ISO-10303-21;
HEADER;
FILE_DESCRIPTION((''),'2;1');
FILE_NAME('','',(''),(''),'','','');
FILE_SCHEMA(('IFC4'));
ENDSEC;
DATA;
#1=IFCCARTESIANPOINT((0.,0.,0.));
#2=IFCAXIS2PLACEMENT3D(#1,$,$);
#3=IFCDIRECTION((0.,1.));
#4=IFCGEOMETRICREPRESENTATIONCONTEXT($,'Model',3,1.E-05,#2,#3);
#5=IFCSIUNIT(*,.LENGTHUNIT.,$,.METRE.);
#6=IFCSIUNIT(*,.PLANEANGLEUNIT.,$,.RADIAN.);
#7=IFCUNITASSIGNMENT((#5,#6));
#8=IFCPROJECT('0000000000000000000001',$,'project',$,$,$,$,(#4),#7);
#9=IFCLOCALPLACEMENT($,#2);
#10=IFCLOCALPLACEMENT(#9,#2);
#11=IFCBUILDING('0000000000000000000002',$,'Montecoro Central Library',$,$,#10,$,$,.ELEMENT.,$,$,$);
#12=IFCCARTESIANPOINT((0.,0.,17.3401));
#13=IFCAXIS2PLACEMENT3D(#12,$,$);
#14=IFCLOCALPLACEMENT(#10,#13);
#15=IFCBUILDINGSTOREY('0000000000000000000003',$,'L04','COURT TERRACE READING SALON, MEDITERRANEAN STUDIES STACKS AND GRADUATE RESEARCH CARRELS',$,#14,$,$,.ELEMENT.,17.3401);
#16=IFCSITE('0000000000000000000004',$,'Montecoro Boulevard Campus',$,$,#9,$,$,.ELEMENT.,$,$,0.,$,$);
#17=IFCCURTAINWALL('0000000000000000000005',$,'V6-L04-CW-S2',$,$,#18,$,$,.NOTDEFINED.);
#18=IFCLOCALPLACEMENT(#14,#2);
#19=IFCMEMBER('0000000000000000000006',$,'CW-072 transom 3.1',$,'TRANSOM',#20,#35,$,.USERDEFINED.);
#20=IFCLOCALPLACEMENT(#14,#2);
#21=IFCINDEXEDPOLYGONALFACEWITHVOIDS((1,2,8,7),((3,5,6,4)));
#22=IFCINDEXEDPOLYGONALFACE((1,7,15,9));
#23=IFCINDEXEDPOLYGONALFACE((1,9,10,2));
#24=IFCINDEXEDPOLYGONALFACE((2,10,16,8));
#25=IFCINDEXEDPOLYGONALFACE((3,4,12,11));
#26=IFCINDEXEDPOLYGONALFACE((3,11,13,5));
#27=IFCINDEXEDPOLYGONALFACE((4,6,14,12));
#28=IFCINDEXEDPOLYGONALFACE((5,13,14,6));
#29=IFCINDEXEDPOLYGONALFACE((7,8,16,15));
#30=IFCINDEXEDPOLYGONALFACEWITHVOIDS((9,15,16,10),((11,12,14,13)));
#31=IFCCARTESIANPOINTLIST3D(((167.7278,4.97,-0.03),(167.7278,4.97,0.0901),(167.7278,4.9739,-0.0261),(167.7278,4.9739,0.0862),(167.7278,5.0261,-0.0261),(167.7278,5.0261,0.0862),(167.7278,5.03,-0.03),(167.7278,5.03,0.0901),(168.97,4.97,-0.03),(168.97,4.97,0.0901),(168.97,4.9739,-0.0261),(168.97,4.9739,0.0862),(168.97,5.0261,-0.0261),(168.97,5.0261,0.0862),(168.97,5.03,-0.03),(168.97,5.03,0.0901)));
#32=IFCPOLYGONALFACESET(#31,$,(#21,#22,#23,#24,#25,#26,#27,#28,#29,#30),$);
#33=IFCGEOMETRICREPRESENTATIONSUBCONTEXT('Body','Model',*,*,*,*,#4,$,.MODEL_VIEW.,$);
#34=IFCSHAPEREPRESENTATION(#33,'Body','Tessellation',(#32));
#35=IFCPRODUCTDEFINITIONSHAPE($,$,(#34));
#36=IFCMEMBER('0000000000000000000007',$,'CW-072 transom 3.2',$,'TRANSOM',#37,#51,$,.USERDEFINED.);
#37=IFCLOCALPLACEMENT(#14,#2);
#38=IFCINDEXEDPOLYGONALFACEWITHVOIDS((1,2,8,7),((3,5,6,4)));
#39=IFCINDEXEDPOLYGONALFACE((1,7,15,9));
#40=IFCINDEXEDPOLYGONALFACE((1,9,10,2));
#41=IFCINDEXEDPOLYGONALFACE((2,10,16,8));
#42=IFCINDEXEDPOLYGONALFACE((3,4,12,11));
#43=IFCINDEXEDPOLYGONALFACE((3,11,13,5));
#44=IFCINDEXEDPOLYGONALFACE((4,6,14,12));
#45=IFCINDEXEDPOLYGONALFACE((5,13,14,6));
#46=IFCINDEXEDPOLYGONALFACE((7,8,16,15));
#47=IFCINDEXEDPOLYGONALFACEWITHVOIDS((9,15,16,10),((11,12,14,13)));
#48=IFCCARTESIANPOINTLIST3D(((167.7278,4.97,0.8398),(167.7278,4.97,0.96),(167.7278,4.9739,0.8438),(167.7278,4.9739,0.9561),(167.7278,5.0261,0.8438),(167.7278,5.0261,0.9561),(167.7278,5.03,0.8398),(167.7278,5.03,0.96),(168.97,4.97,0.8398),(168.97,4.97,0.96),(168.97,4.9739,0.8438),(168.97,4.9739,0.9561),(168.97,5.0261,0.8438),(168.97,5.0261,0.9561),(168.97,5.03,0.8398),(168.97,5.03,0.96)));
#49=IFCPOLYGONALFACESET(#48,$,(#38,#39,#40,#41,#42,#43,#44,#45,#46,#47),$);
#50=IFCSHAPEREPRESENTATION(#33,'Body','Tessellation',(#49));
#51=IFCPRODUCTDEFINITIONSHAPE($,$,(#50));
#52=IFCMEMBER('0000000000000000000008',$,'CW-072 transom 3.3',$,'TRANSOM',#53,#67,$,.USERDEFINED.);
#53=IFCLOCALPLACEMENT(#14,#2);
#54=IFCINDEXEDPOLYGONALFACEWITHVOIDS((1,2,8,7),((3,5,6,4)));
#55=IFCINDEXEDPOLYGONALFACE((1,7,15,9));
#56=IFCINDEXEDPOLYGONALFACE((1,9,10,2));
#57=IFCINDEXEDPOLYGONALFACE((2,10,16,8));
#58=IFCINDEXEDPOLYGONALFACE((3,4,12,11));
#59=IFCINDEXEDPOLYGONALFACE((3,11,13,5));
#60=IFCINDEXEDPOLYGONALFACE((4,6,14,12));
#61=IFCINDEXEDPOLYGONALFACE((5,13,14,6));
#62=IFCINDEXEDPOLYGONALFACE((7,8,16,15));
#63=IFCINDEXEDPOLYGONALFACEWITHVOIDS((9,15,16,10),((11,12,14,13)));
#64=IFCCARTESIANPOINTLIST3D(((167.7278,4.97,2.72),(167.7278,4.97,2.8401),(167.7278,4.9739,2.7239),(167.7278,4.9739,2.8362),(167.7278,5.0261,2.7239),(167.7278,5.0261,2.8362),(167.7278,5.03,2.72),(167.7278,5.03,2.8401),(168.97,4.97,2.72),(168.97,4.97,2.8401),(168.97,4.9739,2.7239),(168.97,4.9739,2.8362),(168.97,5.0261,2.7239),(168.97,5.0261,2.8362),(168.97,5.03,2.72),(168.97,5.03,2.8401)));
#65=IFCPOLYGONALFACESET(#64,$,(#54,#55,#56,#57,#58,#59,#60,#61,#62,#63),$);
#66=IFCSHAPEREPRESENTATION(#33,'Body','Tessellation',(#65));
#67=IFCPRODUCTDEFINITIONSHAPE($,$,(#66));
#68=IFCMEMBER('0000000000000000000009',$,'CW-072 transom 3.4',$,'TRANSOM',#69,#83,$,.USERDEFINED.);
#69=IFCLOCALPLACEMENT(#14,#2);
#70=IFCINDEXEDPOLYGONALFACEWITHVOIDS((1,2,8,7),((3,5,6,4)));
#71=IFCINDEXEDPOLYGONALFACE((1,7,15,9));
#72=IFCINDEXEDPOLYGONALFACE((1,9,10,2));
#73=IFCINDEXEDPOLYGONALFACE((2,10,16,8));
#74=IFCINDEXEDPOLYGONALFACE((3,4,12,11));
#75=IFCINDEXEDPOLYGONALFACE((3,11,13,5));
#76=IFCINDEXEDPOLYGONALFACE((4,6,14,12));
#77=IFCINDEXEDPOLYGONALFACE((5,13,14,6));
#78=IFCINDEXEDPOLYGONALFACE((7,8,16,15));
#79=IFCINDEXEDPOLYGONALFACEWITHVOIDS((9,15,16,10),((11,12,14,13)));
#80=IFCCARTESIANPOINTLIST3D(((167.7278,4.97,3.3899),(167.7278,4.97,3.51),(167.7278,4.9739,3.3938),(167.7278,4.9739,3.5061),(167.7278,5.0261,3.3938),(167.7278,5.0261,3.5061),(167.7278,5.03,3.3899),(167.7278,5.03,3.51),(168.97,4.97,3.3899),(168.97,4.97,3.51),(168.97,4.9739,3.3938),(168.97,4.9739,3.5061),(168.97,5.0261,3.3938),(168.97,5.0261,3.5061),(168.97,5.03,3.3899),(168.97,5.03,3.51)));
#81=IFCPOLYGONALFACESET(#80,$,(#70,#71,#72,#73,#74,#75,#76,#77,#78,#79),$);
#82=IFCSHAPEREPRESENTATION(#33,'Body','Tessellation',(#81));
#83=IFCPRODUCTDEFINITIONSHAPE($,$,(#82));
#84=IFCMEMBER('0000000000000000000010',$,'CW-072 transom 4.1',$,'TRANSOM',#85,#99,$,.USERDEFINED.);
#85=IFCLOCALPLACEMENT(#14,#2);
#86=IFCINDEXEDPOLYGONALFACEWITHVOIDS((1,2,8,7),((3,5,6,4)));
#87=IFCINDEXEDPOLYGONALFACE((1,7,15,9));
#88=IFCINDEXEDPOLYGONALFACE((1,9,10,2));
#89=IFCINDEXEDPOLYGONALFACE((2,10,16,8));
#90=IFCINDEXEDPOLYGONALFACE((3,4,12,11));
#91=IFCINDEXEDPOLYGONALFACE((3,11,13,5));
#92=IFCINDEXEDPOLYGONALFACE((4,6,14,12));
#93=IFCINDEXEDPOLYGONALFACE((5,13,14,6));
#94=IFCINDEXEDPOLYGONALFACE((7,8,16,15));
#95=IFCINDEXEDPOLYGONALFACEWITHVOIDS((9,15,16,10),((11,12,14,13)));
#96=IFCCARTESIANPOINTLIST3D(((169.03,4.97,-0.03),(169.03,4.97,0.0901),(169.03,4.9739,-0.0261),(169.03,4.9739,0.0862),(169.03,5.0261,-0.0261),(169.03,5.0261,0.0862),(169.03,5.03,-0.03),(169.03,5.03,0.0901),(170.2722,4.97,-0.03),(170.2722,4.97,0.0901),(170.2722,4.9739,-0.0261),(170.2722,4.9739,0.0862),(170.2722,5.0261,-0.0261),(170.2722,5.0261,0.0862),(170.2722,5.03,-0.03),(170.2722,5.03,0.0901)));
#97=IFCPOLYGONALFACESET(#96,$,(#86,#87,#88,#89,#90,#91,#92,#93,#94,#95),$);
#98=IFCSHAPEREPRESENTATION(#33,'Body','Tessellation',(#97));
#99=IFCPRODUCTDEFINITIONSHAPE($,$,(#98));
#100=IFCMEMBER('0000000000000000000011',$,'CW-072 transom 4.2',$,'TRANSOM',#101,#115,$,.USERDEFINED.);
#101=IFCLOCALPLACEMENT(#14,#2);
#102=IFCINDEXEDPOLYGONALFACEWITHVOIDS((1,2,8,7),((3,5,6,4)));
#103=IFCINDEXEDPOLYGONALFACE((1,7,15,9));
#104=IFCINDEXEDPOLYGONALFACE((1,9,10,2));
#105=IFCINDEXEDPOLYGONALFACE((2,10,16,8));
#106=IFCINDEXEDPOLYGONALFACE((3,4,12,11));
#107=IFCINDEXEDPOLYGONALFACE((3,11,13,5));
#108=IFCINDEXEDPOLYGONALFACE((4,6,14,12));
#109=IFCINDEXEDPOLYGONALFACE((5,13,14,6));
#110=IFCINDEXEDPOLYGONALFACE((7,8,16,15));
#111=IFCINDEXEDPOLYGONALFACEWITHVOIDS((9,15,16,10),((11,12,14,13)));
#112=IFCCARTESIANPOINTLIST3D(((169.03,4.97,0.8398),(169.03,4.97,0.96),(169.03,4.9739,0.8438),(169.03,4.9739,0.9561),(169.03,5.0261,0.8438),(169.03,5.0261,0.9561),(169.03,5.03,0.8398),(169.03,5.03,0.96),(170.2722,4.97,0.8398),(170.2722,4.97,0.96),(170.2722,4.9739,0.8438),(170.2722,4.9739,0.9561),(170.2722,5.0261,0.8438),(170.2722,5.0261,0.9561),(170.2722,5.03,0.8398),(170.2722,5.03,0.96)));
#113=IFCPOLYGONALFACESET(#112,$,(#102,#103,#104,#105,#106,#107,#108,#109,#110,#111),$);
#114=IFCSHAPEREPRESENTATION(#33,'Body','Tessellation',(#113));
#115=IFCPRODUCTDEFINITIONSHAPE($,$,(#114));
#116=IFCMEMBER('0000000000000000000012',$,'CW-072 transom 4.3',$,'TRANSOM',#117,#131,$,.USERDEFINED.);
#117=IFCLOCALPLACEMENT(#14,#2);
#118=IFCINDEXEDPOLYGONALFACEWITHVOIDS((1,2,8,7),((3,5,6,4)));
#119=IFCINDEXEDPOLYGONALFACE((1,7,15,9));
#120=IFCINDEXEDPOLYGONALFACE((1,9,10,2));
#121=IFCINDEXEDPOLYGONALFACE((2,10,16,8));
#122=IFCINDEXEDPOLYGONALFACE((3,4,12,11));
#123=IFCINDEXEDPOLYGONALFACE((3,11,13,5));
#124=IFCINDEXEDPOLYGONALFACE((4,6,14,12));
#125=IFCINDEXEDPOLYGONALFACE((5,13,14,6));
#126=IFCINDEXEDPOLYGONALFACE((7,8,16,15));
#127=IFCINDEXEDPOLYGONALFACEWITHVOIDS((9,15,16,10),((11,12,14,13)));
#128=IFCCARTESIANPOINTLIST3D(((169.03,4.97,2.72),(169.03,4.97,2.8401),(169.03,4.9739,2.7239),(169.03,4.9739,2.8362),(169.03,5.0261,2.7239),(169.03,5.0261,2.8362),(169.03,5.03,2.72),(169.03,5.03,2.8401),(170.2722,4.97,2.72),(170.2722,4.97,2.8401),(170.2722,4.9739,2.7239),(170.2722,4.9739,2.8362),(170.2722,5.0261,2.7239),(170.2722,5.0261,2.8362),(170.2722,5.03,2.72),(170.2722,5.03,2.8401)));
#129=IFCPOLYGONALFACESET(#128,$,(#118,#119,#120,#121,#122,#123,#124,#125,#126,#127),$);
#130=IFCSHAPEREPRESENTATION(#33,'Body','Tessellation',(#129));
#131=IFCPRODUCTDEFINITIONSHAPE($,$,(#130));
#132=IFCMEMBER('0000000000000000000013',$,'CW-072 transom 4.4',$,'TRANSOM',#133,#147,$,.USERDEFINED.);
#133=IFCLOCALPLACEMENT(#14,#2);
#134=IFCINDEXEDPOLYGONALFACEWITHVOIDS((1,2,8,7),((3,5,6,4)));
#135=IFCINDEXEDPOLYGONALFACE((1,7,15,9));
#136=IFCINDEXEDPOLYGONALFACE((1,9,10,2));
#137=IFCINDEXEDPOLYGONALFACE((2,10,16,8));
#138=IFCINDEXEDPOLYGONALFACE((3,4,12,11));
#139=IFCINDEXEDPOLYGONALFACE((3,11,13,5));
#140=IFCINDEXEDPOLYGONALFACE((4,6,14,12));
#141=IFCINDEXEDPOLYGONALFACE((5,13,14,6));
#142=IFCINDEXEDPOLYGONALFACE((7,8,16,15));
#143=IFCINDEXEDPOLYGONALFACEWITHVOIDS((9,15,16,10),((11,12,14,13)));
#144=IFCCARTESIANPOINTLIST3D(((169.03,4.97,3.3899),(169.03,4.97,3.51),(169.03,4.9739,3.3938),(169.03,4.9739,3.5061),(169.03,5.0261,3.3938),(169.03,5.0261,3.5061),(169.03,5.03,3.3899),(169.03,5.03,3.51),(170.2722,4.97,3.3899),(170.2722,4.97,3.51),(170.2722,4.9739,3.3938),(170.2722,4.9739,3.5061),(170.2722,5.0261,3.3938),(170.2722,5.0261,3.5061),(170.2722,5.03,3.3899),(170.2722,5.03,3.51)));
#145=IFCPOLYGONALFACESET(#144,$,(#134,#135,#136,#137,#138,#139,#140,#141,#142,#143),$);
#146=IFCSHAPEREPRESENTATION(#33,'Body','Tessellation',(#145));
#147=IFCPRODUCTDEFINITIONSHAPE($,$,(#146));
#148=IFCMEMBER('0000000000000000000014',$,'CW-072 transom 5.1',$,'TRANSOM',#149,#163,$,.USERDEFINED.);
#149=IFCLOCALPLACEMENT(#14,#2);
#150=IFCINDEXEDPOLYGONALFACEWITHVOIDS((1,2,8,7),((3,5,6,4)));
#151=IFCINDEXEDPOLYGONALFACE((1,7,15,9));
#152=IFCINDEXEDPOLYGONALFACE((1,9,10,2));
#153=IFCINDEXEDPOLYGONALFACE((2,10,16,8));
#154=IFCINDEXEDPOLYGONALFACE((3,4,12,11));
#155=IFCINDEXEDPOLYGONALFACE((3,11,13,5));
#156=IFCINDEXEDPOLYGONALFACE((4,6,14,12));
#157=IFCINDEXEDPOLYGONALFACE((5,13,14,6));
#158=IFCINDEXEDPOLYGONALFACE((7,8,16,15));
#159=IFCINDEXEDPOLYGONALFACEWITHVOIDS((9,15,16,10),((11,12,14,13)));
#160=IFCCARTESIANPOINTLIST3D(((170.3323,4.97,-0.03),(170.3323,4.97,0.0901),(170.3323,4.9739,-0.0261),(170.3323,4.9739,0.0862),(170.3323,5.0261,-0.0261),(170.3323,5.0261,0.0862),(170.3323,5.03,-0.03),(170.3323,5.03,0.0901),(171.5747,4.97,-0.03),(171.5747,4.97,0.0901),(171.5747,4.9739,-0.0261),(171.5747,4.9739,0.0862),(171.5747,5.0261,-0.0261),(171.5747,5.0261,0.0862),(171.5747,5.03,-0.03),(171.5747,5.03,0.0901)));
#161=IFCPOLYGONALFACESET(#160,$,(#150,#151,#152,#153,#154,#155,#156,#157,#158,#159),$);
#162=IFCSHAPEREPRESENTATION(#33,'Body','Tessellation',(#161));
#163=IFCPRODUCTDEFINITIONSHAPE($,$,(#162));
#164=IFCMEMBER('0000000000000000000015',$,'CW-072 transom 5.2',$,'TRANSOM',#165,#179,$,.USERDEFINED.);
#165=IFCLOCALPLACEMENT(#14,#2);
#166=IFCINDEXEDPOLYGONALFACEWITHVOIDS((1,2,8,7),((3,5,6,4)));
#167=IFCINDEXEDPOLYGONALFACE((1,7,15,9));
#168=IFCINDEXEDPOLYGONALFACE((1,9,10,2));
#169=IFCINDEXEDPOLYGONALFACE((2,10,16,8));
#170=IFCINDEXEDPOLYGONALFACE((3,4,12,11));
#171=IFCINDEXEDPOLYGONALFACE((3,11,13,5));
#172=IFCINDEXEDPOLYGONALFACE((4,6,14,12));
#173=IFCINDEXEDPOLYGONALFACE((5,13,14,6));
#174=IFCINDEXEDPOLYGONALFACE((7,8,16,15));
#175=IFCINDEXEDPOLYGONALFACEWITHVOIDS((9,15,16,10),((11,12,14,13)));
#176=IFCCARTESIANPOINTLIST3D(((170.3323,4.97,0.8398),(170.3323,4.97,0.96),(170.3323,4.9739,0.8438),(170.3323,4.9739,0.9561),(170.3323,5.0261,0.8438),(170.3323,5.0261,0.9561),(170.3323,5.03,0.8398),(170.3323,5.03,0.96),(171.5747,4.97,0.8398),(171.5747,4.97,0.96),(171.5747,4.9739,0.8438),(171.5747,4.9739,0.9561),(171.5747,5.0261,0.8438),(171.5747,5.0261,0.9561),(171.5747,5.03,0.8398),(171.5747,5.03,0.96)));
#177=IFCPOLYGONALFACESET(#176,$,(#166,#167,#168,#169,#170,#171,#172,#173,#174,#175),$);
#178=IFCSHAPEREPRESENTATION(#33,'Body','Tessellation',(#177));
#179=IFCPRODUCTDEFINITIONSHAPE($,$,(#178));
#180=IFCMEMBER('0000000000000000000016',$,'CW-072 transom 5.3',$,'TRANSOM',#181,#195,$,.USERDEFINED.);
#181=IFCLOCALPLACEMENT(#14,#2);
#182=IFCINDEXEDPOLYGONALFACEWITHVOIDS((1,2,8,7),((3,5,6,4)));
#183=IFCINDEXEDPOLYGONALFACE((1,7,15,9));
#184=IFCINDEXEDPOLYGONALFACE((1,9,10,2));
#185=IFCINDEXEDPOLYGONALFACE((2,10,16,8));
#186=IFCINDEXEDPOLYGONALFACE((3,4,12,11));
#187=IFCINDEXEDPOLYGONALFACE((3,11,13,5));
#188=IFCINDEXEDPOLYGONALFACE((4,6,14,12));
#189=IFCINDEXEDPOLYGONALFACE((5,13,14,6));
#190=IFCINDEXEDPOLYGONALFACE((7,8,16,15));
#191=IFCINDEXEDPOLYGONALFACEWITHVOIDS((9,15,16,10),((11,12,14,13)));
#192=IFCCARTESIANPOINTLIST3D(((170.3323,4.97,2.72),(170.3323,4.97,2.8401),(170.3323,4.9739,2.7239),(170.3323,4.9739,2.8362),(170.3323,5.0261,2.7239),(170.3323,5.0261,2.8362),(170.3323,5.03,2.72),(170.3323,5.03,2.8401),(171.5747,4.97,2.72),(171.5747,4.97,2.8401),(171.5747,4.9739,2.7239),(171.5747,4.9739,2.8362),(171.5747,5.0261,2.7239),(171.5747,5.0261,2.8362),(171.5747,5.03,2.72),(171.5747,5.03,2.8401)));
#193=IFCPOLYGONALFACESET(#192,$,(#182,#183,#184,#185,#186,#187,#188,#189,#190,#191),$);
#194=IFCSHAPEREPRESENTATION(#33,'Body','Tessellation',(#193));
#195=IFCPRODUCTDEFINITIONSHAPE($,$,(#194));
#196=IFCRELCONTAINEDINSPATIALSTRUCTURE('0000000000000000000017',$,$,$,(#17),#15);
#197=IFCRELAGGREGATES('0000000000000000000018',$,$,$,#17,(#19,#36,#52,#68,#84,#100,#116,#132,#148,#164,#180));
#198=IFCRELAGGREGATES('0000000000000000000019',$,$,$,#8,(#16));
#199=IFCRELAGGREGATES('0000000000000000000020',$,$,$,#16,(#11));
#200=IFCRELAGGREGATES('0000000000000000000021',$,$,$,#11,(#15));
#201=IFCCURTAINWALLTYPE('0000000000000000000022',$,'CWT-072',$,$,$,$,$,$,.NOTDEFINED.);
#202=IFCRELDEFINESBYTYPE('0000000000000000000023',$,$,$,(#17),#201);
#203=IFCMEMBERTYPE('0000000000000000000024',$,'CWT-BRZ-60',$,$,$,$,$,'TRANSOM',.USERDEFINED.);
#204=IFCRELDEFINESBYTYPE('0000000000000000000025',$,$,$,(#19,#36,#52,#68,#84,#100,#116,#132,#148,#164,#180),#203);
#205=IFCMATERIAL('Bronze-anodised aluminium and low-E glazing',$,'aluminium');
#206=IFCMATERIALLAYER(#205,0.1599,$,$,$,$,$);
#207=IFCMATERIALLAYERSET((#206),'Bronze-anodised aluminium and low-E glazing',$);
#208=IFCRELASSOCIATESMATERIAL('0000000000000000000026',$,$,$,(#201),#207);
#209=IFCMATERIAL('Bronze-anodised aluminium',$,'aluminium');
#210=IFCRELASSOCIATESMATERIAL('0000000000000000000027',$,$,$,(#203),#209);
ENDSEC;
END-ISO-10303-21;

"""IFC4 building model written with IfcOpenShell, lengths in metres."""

from ifc_helpers import new_model, si_unit, direction, frame, origin, origin_2d, place, context, subcontext, project, spatial, hollow_rectangle, extrude, material, layer, layer_set, material_profile, profile_set, type_object, element, aggregate, save


model = new_model("IFC4")

# Units and contexts
model_context = context("Model", 3, precision=1e-05, world=origin(), true_north=direction((0.0, 1.0)))
body_context = subcontext(model_context, "Body", "Model", "MODEL_VIEW")
ifc_project = project(units=[si_unit("LENGTHUNIT", "METRE"), si_unit("PLANEANGLEUNIT", "RADIAN")], contexts=[model_context])

# Site, building, storey
site_placement = place(None, origin())
site = spatial("IfcSite", under=ifc_project, at=site_placement, Name="Montecoro Boulevard Campus", CompositionType="ELEMENT", RefElevation=0.0)
building_placement = place(site_placement, origin())
building = spatial("IfcBuilding", under=site, at=building_placement, Name="Montecoro Central Library", CompositionType="ELEMENT")
storey_placement = place(building_placement, frame((0.0, 0.0, 17.3401)))
storey = spatial("IfcBuildingStorey", under=building, at=storey_placement, Name="L04", Description="COURT TERRACE READING SALON, MEDITERRANEAN STUDIES STACKS AND GRADUATE RESEARCH CARRELS", CompositionType="ELEMENT", Elevation=17.3401)

# Curtain wall
ifc_material_1 = material(Name="Bronze-anodised aluminium and low-E glazing", Category="aluminium")
ifc_layer_1 = layer(ifc_material_1, 0.1599)
ifc_layer_set_1 = layer_set([ifc_layer_1], Name="Bronze-anodised aluminium and low-E glazing")
curtain_wall_type_1 = type_object("IfcCurtainWallType", Name="CWT-072", PredefinedType="NOTDEFINED", material=ifc_layer_set_1)
curtain_wall_1_placement = place(storey_placement, origin())
curtain_wall_1 = element("IfcCurtainWall", 1, at=curtain_wall_1_placement, inside=storey, type_object=curtain_wall_type_1, Name="V6-L04-CW-S2", PredefinedType="NOTDEFINED")
ifc_material_2 = material(Name="Bronze-anodised aluminium", Category="aluminium")

# Members
ifc_material_profile_1 = material_profile(ifc_material_2, hollow_rectangle(XDim=0.0601, YDim=0.1201, WallThickness=0.0039, at=origin_2d()), Name="CWT 120x60x4.0")
ifc_profile_set_1 = profile_set([ifc_material_profile_1], Name="Bronze-anodised aluminium")
member_type_1 = type_object("IfcMemberType", Name="CWT-BRZ-60", ElementType="TRANSOM", PredefinedType="USERDEFINED", material=ifc_profile_set_1)
member_1_placement = place(storey_placement, frame((167.7278, 5.0, 0.03), z_axis=(1.0, 0.0, 0.0), x_axis=(0.0, 1.0, 0.0)))
member_1 = element("IfcMember", 2, at=member_1_placement, type_object=member_type_1, Name="CW-072 transom 3.1", ObjectType="TRANSOM", PredefinedType="USERDEFINED", context=body_context, shape_type="SweptSolid", body=[
    extrude(hollow_rectangle(XDim=0.0601, YDim=0.1201, WallThickness=0.0039, at=origin_2d()), origin(), (0.0, 0.0, 1.0), 1.2422),
])
member_2_placement = place(storey_placement, frame((167.7278, 5.0, 0.8999), z_axis=(1.0, 0.0, 0.0), x_axis=(0.0, 1.0, 0.0)))
member_2 = element("IfcMember", 3, at=member_2_placement, type_object=member_type_1, Name="CW-072 transom 3.2", ObjectType="TRANSOM", PredefinedType="USERDEFINED", context=body_context, shape_type="SweptSolid", body=[
    extrude(hollow_rectangle(XDim=0.0601, YDim=0.1201, WallThickness=0.0039, at=origin_2d()), origin(), (0.0, 0.0, 1.0), 1.2422),
])
member_3_placement = place(storey_placement, frame((167.7278, 5.0, 2.78), z_axis=(1.0, 0.0, 0.0), x_axis=(0.0, 1.0, 0.0)))
member_3 = element("IfcMember", 4, at=member_3_placement, type_object=member_type_1, Name="CW-072 transom 3.3", ObjectType="TRANSOM", PredefinedType="USERDEFINED", context=body_context, shape_type="SweptSolid", body=[
    extrude(hollow_rectangle(XDim=0.0601, YDim=0.1201, WallThickness=0.0039, at=origin_2d()), origin(), (0.0, 0.0, 1.0), 1.2422),
])
member_4_placement = place(storey_placement, frame((167.7278, 5.0, 3.45), z_axis=(1.0, 0.0, 0.0), x_axis=(0.0, 1.0, 0.0)))
member_4 = element("IfcMember", 5, at=member_4_placement, type_object=member_type_1, Name="CW-072 transom 3.4", ObjectType="TRANSOM", PredefinedType="USERDEFINED", context=body_context, shape_type="SweptSolid", body=[
    extrude(hollow_rectangle(XDim=0.0601, YDim=0.1201, WallThickness=0.0039, at=origin_2d()), origin(), (0.0, 0.0, 1.0), 1.2422),
])
member_5_placement = place(storey_placement, frame((169.03, 5.0, 0.03), z_axis=(1.0, 0.0, 0.0), x_axis=(0.0, 1.0, 0.0)))
member_5 = element("IfcMember", 6, at=member_5_placement, type_object=member_type_1, Name="CW-072 transom 4.1", ObjectType="TRANSOM", PredefinedType="USERDEFINED", context=body_context, shape_type="SweptSolid", body=[
    extrude(hollow_rectangle(XDim=0.0601, YDim=0.1201, WallThickness=0.0039, at=origin_2d()), origin(), (0.0, 0.0, 1.0), 1.2422),
])
member_6_placement = place(storey_placement, frame((169.03, 5.0, 0.8999), z_axis=(1.0, 0.0, 0.0), x_axis=(0.0, 1.0, 0.0)))
member_6 = element("IfcMember", 7, at=member_6_placement, type_object=member_type_1, Name="CW-072 transom 4.2", ObjectType="TRANSOM", PredefinedType="USERDEFINED", context=body_context, shape_type="SweptSolid", body=[
    extrude(hollow_rectangle(XDim=0.0601, YDim=0.1201, WallThickness=0.0039, at=origin_2d()), origin(), (0.0, 0.0, 1.0), 1.2422),
])
member_7_placement = place(storey_placement, frame((169.03, 5.0, 2.78), z_axis=(1.0, 0.0, 0.0), x_axis=(0.0, 1.0, 0.0)))
member_7 = element("IfcMember", 8, at=member_7_placement, type_object=member_type_1, Name="CW-072 transom 4.3", ObjectType="TRANSOM", PredefinedType="USERDEFINED", context=body_context, shape_type="SweptSolid", body=[
    extrude(hollow_rectangle(XDim=0.0601, YDim=0.1201, WallThickness=0.0039, at=origin_2d()), origin(), (0.0, 0.0, 1.0), 1.2422),
])
member_8_placement = place(storey_placement, frame((169.03, 5.0, 3.45), z_axis=(1.0, 0.0, 0.0), x_axis=(0.0, 1.0, 0.0)))
member_8 = element("IfcMember", 9, at=member_8_placement, type_object=member_type_1, Name="CW-072 transom 4.4", ObjectType="TRANSOM", PredefinedType="USERDEFINED", context=body_context, shape_type="SweptSolid", body=[
    extrude(hollow_rectangle(XDim=0.0601, YDim=0.1201, WallThickness=0.0039, at=origin_2d()), origin(), (0.0, 0.0, 1.0), 1.2422),
])
member_9_placement = place(storey_placement, frame((170.3323, 5.0, 0.03), z_axis=(1.0, 0.0, 0.0), x_axis=(0.0, 1.0, 0.0)))
member_9 = element("IfcMember", 10, at=member_9_placement, type_object=member_type_1, Name="CW-072 transom 5.1", ObjectType="TRANSOM", PredefinedType="USERDEFINED", context=body_context, shape_type="SweptSolid", body=[
    extrude(hollow_rectangle(XDim=0.0601, YDim=0.1201, WallThickness=0.0039, at=origin_2d()), origin(), (0.0, 0.0, 1.0), 1.2424),
])
member_10_placement = place(storey_placement, frame((170.3323, 5.0, 0.8999), z_axis=(1.0, 0.0, 0.0), x_axis=(0.0, 1.0, 0.0)))
member_10 = element("IfcMember", 11, at=member_10_placement, type_object=member_type_1, Name="CW-072 transom 5.2", ObjectType="TRANSOM", PredefinedType="USERDEFINED", context=body_context, shape_type="SweptSolid", body=[
    extrude(hollow_rectangle(XDim=0.0601, YDim=0.1201, WallThickness=0.0039, at=origin_2d()), origin(), (0.0, 0.0, 1.0), 1.2424),
])
member_11_placement = place(storey_placement, frame((170.3323, 5.0, 2.78), z_axis=(1.0, 0.0, 0.0), x_axis=(0.0, 1.0, 0.0)))
member_11 = element("IfcMember", 12, at=member_11_placement, type_object=member_type_1, Name="CW-072 transom 5.3", ObjectType="TRANSOM", PredefinedType="USERDEFINED", context=body_context, shape_type="SweptSolid", body=[
    extrude(hollow_rectangle(XDim=0.0601, YDim=0.1201, WallThickness=0.0039, at=origin_2d()), origin(), (0.0, 0.0, 1.0), 1.2424),
])

aggregate(curtain_wall_1, [member_1, member_2, member_3, member_4, member_5, member_6, member_7, member_8, member_9, member_10, member_11])

save(model, "model.ifc")
